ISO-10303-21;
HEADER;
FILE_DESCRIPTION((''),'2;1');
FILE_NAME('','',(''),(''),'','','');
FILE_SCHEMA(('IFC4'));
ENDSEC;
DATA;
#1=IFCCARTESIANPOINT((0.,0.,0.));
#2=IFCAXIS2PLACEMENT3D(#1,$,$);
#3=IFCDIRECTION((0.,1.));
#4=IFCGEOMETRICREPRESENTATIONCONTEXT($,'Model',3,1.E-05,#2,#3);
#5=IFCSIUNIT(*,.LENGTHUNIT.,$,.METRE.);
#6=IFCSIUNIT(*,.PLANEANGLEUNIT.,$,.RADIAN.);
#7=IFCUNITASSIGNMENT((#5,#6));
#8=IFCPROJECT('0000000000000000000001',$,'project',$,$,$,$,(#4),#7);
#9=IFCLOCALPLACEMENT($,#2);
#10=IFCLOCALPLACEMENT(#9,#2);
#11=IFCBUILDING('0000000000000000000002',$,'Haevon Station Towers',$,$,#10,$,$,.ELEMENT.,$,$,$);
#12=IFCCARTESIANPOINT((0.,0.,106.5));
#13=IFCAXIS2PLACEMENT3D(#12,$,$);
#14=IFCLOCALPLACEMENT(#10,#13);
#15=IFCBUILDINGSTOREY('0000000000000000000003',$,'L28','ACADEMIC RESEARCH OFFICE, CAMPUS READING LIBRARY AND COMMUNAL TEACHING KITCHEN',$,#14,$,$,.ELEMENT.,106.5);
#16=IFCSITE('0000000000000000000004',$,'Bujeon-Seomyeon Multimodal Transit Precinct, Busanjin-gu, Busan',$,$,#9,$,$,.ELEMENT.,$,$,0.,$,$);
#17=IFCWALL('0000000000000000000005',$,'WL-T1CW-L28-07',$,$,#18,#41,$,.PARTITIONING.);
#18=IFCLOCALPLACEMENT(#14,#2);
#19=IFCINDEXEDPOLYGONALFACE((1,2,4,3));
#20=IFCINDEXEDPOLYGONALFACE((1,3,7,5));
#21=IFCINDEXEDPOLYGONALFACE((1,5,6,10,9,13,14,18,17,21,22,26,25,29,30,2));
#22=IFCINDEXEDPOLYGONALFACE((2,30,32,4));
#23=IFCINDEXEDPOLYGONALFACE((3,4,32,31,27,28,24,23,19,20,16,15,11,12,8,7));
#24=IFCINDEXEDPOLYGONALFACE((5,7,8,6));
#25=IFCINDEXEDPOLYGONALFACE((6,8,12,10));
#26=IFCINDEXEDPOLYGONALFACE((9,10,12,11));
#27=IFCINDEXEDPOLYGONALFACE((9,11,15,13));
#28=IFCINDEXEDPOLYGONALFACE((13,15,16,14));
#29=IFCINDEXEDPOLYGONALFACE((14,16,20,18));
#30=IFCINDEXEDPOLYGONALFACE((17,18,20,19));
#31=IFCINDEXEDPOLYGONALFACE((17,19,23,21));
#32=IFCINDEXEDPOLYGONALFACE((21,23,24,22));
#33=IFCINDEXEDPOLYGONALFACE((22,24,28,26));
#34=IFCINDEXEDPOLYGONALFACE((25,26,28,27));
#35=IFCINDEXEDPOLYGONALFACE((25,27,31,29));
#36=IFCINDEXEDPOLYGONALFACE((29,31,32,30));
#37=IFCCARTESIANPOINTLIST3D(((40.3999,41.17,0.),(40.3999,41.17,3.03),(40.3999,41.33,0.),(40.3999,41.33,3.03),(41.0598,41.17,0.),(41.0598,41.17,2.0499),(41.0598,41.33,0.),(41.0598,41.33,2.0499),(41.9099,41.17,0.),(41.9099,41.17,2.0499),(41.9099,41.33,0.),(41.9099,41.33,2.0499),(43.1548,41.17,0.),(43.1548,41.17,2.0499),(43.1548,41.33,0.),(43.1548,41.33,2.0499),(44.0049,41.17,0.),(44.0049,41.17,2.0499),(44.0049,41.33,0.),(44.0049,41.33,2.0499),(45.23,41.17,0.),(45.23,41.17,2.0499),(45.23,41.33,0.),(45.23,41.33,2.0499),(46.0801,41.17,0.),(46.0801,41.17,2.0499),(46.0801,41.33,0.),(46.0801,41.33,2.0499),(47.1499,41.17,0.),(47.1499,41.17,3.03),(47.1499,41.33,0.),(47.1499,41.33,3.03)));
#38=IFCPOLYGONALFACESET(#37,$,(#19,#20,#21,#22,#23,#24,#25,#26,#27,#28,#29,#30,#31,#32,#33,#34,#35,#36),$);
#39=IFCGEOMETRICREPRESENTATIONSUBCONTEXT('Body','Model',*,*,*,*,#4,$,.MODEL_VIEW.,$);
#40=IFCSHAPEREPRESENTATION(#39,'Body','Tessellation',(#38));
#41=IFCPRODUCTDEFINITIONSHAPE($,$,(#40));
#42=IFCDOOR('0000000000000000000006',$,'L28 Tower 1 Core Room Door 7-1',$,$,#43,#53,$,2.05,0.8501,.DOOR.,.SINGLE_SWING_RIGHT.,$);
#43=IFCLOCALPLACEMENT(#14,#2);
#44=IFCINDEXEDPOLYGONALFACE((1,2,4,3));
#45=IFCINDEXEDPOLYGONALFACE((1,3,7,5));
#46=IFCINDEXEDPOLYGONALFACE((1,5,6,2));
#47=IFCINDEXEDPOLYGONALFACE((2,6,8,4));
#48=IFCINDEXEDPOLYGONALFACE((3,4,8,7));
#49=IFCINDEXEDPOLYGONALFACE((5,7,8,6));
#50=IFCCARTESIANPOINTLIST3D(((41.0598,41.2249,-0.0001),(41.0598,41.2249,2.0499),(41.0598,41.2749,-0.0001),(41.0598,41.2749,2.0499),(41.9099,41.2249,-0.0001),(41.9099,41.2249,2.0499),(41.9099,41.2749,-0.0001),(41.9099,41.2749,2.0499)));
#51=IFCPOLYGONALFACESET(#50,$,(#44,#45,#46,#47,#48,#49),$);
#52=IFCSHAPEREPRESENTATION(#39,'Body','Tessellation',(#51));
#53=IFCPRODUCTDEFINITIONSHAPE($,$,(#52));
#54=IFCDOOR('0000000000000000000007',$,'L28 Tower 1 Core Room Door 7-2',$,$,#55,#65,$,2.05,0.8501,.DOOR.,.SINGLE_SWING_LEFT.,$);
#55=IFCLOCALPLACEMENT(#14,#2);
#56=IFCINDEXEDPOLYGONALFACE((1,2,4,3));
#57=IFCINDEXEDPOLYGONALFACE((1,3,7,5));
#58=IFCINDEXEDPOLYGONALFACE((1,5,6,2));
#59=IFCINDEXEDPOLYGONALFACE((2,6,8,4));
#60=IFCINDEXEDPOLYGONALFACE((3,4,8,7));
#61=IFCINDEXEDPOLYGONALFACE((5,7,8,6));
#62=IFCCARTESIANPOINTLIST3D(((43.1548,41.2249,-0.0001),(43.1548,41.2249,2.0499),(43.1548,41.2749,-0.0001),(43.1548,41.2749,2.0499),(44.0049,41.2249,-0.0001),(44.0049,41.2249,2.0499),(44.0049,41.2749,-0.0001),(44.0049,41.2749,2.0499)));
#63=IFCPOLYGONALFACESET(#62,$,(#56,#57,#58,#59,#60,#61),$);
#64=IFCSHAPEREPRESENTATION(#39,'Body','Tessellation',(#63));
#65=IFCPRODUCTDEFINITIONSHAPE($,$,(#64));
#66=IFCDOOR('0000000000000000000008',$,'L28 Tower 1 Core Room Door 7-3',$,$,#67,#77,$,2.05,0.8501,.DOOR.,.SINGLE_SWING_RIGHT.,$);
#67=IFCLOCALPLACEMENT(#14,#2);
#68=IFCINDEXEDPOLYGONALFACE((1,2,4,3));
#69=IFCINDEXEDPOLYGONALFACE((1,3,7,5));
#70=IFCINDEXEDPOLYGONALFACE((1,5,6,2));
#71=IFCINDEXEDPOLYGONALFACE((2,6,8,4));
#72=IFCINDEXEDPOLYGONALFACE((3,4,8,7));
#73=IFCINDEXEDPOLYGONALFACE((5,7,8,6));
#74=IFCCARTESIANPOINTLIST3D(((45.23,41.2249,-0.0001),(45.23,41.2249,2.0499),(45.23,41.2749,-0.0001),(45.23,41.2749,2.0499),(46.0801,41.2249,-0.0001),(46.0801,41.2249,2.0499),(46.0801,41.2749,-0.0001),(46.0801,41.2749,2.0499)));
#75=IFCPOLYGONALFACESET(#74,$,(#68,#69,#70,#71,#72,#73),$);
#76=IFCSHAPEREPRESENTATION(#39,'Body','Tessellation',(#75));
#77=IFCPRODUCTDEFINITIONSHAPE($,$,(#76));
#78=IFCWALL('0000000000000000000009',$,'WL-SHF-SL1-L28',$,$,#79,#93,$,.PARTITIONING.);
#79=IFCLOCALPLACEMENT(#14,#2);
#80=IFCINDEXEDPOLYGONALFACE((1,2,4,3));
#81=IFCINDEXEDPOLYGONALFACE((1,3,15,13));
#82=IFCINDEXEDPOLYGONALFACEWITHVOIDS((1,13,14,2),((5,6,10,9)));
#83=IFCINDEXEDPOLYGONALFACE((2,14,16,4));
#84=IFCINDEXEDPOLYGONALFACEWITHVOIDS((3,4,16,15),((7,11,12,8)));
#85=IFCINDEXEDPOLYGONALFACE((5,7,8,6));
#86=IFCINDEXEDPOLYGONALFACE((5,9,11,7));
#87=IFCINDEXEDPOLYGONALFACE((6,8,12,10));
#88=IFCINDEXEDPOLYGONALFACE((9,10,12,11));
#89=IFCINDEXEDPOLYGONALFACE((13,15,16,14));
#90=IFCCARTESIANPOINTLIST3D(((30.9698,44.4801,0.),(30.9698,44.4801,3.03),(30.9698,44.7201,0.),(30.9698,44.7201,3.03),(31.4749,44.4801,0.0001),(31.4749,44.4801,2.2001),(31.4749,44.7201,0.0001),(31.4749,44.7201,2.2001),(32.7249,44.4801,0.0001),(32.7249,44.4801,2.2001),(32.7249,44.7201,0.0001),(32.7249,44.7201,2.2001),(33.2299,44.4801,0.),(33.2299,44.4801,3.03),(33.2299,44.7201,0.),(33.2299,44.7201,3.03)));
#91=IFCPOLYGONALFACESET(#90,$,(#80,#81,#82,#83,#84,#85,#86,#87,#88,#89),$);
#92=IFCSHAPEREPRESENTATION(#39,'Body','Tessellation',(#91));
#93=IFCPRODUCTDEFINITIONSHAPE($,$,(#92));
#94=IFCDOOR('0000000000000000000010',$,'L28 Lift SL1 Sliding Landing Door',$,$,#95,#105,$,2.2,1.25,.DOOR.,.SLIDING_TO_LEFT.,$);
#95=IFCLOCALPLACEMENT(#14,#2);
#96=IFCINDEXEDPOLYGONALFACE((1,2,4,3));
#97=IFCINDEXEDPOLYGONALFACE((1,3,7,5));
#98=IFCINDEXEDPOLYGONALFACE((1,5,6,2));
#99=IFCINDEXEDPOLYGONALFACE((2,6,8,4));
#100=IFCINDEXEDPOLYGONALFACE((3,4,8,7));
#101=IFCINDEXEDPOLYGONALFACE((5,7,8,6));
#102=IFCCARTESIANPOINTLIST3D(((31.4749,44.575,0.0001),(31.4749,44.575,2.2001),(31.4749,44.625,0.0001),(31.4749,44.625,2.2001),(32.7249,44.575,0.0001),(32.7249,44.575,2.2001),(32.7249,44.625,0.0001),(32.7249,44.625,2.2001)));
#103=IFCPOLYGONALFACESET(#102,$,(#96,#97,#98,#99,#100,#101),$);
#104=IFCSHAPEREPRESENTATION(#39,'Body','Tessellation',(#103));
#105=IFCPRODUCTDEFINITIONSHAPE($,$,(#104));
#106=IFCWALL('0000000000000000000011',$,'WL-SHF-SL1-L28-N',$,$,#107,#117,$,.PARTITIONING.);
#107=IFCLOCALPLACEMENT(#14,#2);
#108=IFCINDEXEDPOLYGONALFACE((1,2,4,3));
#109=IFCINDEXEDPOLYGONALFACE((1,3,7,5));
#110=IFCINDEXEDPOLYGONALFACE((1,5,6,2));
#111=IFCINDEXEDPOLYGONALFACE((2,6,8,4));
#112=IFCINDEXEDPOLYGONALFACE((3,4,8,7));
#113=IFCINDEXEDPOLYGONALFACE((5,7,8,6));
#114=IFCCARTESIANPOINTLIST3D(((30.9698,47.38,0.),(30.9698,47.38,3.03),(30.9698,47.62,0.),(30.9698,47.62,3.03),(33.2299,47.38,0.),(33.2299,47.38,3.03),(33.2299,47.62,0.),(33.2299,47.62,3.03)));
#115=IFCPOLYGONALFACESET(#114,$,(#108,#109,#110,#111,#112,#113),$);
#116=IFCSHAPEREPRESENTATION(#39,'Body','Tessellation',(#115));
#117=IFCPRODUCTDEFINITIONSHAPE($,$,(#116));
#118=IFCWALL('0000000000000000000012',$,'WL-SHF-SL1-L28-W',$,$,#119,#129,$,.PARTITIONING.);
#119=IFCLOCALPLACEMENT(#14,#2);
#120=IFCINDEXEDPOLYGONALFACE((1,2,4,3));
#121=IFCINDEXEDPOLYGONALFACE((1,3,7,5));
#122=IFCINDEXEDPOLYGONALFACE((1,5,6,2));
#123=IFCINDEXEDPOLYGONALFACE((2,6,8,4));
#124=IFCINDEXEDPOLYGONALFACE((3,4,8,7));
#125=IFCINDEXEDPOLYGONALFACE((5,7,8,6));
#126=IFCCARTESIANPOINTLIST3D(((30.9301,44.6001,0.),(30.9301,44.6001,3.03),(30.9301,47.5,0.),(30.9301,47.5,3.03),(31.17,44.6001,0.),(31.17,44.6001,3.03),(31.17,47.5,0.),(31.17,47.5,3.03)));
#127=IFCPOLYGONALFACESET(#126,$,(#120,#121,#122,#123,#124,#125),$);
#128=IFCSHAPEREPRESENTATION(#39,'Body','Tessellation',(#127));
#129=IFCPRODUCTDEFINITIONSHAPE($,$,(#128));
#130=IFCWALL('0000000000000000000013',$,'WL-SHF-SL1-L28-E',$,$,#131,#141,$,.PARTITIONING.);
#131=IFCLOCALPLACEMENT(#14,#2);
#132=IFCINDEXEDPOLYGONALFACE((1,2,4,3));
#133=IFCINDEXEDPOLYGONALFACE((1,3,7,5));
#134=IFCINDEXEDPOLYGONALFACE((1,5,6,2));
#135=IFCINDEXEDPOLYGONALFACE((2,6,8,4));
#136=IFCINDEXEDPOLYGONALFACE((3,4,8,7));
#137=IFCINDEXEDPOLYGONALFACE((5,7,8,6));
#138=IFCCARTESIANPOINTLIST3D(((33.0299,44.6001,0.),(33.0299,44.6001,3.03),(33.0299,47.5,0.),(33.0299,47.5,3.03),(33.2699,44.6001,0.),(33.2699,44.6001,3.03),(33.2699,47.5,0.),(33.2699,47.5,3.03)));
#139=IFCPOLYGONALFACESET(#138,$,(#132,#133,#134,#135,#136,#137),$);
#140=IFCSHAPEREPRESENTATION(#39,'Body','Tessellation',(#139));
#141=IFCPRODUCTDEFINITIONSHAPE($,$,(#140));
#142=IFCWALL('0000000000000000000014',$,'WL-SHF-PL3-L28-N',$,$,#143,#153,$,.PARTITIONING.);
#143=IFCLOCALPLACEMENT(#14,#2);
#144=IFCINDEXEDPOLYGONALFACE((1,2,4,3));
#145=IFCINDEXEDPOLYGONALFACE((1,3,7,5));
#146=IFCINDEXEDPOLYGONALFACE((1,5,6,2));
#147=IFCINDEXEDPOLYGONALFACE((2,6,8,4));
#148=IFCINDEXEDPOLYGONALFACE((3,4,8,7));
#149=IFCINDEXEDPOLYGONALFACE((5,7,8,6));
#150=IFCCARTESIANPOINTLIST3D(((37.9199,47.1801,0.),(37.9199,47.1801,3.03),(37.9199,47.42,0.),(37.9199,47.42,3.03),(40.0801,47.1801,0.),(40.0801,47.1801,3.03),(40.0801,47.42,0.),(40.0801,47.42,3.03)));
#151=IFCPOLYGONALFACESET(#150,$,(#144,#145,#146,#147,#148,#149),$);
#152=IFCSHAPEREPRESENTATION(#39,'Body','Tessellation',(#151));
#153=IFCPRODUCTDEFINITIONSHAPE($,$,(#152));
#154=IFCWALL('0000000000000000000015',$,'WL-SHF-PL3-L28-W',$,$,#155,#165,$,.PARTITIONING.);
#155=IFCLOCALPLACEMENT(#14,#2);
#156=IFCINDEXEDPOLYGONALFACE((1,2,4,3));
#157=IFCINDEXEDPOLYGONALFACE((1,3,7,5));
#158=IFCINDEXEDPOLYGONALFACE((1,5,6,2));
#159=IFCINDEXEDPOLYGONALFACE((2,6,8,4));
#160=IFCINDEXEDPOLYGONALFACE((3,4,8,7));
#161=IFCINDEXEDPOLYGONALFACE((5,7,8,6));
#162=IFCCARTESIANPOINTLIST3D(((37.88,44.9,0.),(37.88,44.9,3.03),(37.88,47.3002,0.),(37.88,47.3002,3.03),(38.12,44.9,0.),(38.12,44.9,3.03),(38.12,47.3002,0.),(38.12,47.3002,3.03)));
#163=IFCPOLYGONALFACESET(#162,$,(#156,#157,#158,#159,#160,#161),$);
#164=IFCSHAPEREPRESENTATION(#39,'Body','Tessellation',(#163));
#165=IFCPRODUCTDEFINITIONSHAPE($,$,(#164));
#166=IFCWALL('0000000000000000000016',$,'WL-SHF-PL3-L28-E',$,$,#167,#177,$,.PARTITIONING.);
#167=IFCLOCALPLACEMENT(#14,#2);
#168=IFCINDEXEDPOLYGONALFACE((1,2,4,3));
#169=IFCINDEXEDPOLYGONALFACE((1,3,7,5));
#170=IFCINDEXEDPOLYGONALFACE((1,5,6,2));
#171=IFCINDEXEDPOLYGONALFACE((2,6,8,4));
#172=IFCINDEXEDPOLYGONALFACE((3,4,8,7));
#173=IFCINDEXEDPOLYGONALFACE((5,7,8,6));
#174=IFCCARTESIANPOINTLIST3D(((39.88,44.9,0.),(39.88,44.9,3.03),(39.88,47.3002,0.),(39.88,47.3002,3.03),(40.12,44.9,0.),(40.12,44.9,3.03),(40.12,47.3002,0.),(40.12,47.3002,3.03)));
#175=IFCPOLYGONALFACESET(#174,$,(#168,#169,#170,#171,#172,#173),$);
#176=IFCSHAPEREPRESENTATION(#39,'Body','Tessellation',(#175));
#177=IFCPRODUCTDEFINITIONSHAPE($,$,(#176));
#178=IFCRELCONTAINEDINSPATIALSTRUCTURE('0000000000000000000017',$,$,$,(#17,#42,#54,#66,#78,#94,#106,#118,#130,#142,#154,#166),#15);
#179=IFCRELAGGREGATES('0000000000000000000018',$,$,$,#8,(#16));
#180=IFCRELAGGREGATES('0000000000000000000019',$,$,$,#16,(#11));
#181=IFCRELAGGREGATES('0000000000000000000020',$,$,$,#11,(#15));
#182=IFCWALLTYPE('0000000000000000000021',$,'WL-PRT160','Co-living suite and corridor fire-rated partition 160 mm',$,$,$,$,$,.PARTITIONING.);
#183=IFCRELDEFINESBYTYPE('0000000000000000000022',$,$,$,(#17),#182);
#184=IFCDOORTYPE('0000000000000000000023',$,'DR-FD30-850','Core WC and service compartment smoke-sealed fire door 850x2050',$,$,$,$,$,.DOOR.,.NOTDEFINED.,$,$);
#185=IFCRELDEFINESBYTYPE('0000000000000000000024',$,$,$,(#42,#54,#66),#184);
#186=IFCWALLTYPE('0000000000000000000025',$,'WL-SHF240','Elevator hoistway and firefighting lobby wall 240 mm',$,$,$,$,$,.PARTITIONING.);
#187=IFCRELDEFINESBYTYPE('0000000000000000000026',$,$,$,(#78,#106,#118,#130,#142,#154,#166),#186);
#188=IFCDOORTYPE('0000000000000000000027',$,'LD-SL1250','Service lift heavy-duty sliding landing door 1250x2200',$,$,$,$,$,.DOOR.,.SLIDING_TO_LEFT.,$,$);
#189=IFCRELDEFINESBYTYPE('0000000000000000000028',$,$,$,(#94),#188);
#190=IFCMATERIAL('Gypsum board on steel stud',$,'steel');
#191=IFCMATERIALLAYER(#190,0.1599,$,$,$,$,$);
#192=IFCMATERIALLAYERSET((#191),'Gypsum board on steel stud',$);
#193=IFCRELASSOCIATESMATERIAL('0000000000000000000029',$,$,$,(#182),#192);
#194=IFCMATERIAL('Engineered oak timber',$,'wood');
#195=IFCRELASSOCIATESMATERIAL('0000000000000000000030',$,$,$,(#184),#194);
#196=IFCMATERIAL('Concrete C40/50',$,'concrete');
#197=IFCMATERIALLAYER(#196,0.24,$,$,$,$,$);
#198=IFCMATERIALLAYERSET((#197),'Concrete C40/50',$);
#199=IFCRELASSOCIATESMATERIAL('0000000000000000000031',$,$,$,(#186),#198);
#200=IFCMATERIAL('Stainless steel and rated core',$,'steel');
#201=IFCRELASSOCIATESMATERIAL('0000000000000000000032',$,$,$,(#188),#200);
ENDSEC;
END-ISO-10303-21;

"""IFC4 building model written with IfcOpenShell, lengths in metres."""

from ifc_helpers import new_model, si_unit, direction, frame, frame_2d, origin, place, context, subcontext, project, spatial, rectangle, extrude, material, layer, layer_set, type_object, element, fill, save


model = new_model("IFC4")

# Units and contexts
model_context = context("Model", 3, precision=1e-05, world=origin(), true_north=direction((0.0, 1.0)))
body_context = subcontext(model_context, "Body", "Model", "MODEL_VIEW")
ifc_project = project(units=[si_unit("LENGTHUNIT", "METRE"), si_unit("PLANEANGLEUNIT", "RADIAN")], contexts=[model_context])

# Site, building, storey
site_placement = place(None, origin())
site = spatial("IfcSite", under=ifc_project, at=site_placement, Name="Bujeon-Seomyeon Multimodal Transit Precinct, Busanjin-gu, Busan", CompositionType="ELEMENT", RefElevation=0.0)
building_placement = place(site_placement, origin())
building = spatial("IfcBuilding", under=site, at=building_placement, Name="Haevon Station Towers", CompositionType="ELEMENT")
storey_placement = place(building_placement, frame((0.0, 0.0, 106.5)))
storey = spatial("IfcBuildingStorey", under=building, at=storey_placement, Name="L28", Description="ACADEMIC RESEARCH OFFICE, CAMPUS READING LIBRARY AND COMMUNAL TEACHING KITCHEN", CompositionType="ELEMENT", Elevation=106.5)

# Shared definitions
ifc_material_1 = material(Name="Gypsum board on steel stud", Category="steel")
ifc_layer_1 = layer(ifc_material_1, 0.1599)
ifc_layer_set_1 = layer_set([ifc_layer_1], Name="Gypsum board on steel stud")
wall_type_1 = type_object("IfcWallType", Name="WL-PRT160", Description="Co-living suite and corridor fire-rated partition 160 mm", PredefinedType="PARTITIONING", material=ifc_layer_set_1)
ifc_material_2 = material(Name="Engineered oak timber", Category="wood")

# Wall, openings, doors
wall_1_placement = place(storey_placement, frame((40.3999, 41.25, 0.0), z_axis=(0.0, 0.0, 1.0), x_axis=(1.0, 0.0, 0.0)))
wall_1 = element("IfcWall", 1, at=wall_1_placement, inside=storey, type_object=wall_type_1, Name="WL-T1CW-L28-07", PredefinedType="PARTITIONING", context=body_context, shape_type="SweptSolid", body=[
    extrude(rectangle(XDim=6.75, YDim=0.1599, at=frame_2d((3.375, 0.0))), origin(), (0.0, 0.0, 1.0), 3.03),
])
opening_1_placement = place(wall_1_placement, frame((0.6599, 0.0, 0.0)))
opening_1 = element("IfcOpeningElement", 2, at=opening_1_placement, cuts=wall_1, PredefinedType="OPENING", context=body_context, shape_type="SweptSolid", body=[
    extrude(rectangle(XDim=0.8501, YDim=2.05, at=frame_2d((0.425, 1.0249))), frame((0.0, 0.0898, 0.0), z_axis=(0.0, -1.0, 0.0), x_axis=(1.0, 0.0, 0.0)), (0.0, 0.0, 1.0), 0.1799),
])
opening_2_placement = place(wall_1_placement, frame((2.7549, 0.0, 0.0)))
opening_2 = element("IfcOpeningElement", 3, at=opening_2_placement, cuts=wall_1, PredefinedType="OPENING", context=body_context, shape_type="SweptSolid", body=[
    extrude(rectangle(XDim=0.8501, YDim=2.05, at=frame_2d((0.425, 1.0249))), frame((0.0, 0.0898, 0.0), z_axis=(0.0, -1.0, 0.0), x_axis=(1.0, 0.0, 0.0)), (0.0, 0.0, 1.0), 0.1799),
])
opening_3_placement = place(wall_1_placement, frame((4.8301, 0.0, 0.0)))
opening_3 = element("IfcOpeningElement", 4, at=opening_3_placement, cuts=wall_1, PredefinedType="OPENING", context=body_context, shape_type="SweptSolid", body=[
    extrude(rectangle(XDim=0.8501, YDim=2.05, at=frame_2d((0.425, 1.0249))), frame((0.0, 0.0898, 0.0), z_axis=(0.0, -1.0, 0.0), x_axis=(1.0, 0.0, 0.0)), (0.0, 0.0, 1.0), 0.1799),
])
door_type_1 = type_object("IfcDoorType", Name="DR-FD30-850", Description="Core WC and service compartment smoke-sealed fire door 850x2050", OperationType="NOTDEFINED", PredefinedType="DOOR", material=ifc_material_2)
door_1_placement = place(opening_1_placement, origin())
door_1 = element("IfcDoor", 5, at=door_1_placement, inside=storey, type_object=door_type_1, Name="L28 Tower 1 Core Room Door 7-1", OperationType="SINGLE_SWING_RIGHT", OverallHeight=2.05, OverallWidth=0.8501, PredefinedType="DOOR", context=body_context, shape_type="SweptSolid", body=[
    extrude(rectangle(XDim=0.8501, YDim=2.05, at=frame_2d((0.425, 1.0249))), frame((0.0, 0.0249, 0.0), z_axis=(0.0, -1.0, 0.0), x_axis=(1.0, 0.0, 0.0)), (0.0, 0.0, 1.0), 0.05),
])
fill(opening_1, door_1)
door_2_placement = place(opening_2_placement, origin())
door_2 = element("IfcDoor", 6, at=door_2_placement, inside=storey, type_object=door_type_1, Name="L28 Tower 1 Core Room Door 7-2", OperationType="SINGLE_SWING_LEFT", OverallHeight=2.05, OverallWidth=0.8501, PredefinedType="DOOR", context=body_context, shape_type="SweptSolid", body=[
    extrude(rectangle(XDim=0.8501, YDim=2.05, at=frame_2d((0.425, 1.0249))), frame((0.0, 0.0249, 0.0), z_axis=(0.0, -1.0, 0.0), x_axis=(1.0, 0.0, 0.0)), (0.0, 0.0, 1.0), 0.05),
])
fill(opening_2, door_2)
door_3_placement = place(opening_3_placement, origin())
door_3 = element("IfcDoor", 7, at=door_3_placement, inside=storey, type_object=door_type_1, Name="L28 Tower 1 Core Room Door 7-3", OperationType="SINGLE_SWING_RIGHT", OverallHeight=2.05, OverallWidth=0.8501, PredefinedType="DOOR", context=body_context, shape_type="SweptSolid", body=[
    extrude(rectangle(XDim=0.8501, YDim=2.05, at=frame_2d((0.425, 1.0249))), frame((0.0, 0.0249, 0.0), z_axis=(0.0, -1.0, 0.0), x_axis=(1.0, 0.0, 0.0)), (0.0, 0.0, 1.0), 0.05),
])
fill(opening_3, door_3)

# Wall, opening, door
ifc_material_3 = material(Name="Concrete C40/50", Category="concrete")
ifc_layer_2 = layer(ifc_material_3, 0.24)
ifc_layer_set_2 = layer_set([ifc_layer_2], Name="Concrete C40/50")
wall_type_2 = type_object("IfcWallType", Name="WL-SHF240", Description="Elevator hoistway and firefighting lobby wall 240 mm", PredefinedType="PARTITIONING", material=ifc_layer_set_2)
wall_2_placement = place(storey_placement, frame((30.97, 44.6001, 0.0), z_axis=(0.0, 0.0, 1.0), x_axis=(1.0, 0.0, 0.0)))
wall_2 = element("IfcWall", 8, at=wall_2_placement, inside=storey, type_object=wall_type_2, Name="WL-SHF-SL1-L28", PredefinedType="PARTITIONING", context=body_context, shape_type="SweptSolid", body=[
    extrude(rectangle(XDim=2.26, YDim=0.24, at=frame_2d((1.1299, 0.0))), origin(), (0.0, 0.0, 1.0), 3.03),
])
opening_4_placement = place(wall_2_placement, frame((0.5049, 0.0, 0.0)))
opening_4 = element("IfcOpeningElement", 9, at=opening_4_placement, cuts=wall_2, PredefinedType="OPENING", context=body_context, shape_type="SweptSolid", body=[
    extrude(rectangle(XDim=1.25, YDim=2.2, at=frame_2d((0.625, 1.1001))), frame((0.0, 0.1299, 0.0), z_axis=(0.0, -1.0, 0.0), x_axis=(1.0, 0.0, 0.0)), (0.0, 0.0, 1.0), 0.26),
])
ifc_material_4 = material(Name="Stainless steel and rated core", Category="steel")
door_type_2 = type_object("IfcDoorType", Name="LD-SL1250", Description="Service lift heavy-duty sliding landing door 1250x2200", OperationType="SLIDING_TO_LEFT", PredefinedType="DOOR", material=ifc_material_4)
door_4_placement = place(opening_4_placement, origin())
door_4 = element("IfcDoor", 10, at=door_4_placement, inside=storey, type_object=door_type_2, Name="L28 Lift SL1 Sliding Landing Door", OperationType="SLIDING_TO_LEFT", OverallHeight=2.2, OverallWidth=1.25, PredefinedType="DOOR", context=body_context, shape_type="SweptSolid", body=[
    extrude(rectangle(XDim=1.25, YDim=2.2, at=frame_2d((0.625, 1.1001))), frame((0.0, 0.0249, 0.0), z_axis=(0.0, -1.0, 0.0), x_axis=(1.0, 0.0, 0.0)), (0.0, 0.0, 1.0), 0.05),
])
fill(opening_4, door_4)

# Walls
wall_3_placement = place(storey_placement, frame((30.97, 47.5, 0.0), z_axis=(0.0, 0.0, 1.0), x_axis=(1.0, 0.0, 0.0)))
element("IfcWall", 11, at=wall_3_placement, inside=storey, type_object=wall_type_2, Name="WL-SHF-SL1-L28-N", PredefinedType="PARTITIONING", context=body_context, shape_type="SweptSolid", body=[
    extrude(rectangle(XDim=2.26, YDim=0.24, at=frame_2d((1.1299, 0.0))), origin(), (0.0, 0.0, 1.0), 3.03),
])
for number, where, z_axis, x_axis, name in (
    (12, (31.05, 44.6001, 0.0), (0.0, 0.0, 1.0), (0.0, 1.0, 0.0), "WL-SHF-SL1-L28-W"),
    (13, (33.1499, 44.6001, 0.0), (0.0, 0.0, 1.0), (0.0, 1.0, 0.0), "WL-SHF-SL1-L28-E"),
):
    element("IfcWall", number, at=place(storey_placement, frame(where, z_axis=z_axis, x_axis=x_axis)), inside=storey, type_object=wall_type_2, Name=name, PredefinedType="PARTITIONING", context=body_context, shape_type="SweptSolid", body=[
        extrude(rectangle(XDim=2.8999, YDim=0.24, at=frame_2d((1.45, 0.0))), origin(), (0.0, 0.0, 1.0), 3.03),
    ])

# Walls
wall_4_placement = place(storey_placement, frame((37.9199, 47.3, 0.0), z_axis=(0.0, 0.0, 1.0), x_axis=(1.0, 0.0, 0.0)))
element("IfcWall", 14, at=wall_4_placement, inside=storey, type_object=wall_type_2, Name="WL-SHF-PL3-L28-N", PredefinedType="PARTITIONING", context=body_context, shape_type="SweptSolid", body=[
    extrude(rectangle(XDim=2.1602, YDim=0.24, at=frame_2d((1.0801, 0.0))), origin(), (0.0, 0.0, 1.0), 3.03),
])
for number, where, z_axis, x_axis, name in (
    (15, (38.0, 44.8999, 0.0), (0.0, 0.0, 1.0), (0.0, 1.0, 0.0), "WL-SHF-PL3-L28-W"),
    (16, (40.0, 44.8999, 0.0), (0.0, 0.0, 1.0), (0.0, 1.0, 0.0), "WL-SHF-PL3-L28-E"),
):
    element("IfcWall", number, at=place(storey_placement, frame(where, z_axis=z_axis, x_axis=x_axis)), inside=storey, type_object=wall_type_2, Name=name, PredefinedType="PARTITIONING", context=body_context, shape_type="SweptSolid", body=[
        extrude(rectangle(XDim=2.4001, YDim=0.24, at=frame_2d((1.2002, 0.0))), origin(), (0.0, 0.0, 1.0), 3.03),
    ])

save(model, "model.ifc")
